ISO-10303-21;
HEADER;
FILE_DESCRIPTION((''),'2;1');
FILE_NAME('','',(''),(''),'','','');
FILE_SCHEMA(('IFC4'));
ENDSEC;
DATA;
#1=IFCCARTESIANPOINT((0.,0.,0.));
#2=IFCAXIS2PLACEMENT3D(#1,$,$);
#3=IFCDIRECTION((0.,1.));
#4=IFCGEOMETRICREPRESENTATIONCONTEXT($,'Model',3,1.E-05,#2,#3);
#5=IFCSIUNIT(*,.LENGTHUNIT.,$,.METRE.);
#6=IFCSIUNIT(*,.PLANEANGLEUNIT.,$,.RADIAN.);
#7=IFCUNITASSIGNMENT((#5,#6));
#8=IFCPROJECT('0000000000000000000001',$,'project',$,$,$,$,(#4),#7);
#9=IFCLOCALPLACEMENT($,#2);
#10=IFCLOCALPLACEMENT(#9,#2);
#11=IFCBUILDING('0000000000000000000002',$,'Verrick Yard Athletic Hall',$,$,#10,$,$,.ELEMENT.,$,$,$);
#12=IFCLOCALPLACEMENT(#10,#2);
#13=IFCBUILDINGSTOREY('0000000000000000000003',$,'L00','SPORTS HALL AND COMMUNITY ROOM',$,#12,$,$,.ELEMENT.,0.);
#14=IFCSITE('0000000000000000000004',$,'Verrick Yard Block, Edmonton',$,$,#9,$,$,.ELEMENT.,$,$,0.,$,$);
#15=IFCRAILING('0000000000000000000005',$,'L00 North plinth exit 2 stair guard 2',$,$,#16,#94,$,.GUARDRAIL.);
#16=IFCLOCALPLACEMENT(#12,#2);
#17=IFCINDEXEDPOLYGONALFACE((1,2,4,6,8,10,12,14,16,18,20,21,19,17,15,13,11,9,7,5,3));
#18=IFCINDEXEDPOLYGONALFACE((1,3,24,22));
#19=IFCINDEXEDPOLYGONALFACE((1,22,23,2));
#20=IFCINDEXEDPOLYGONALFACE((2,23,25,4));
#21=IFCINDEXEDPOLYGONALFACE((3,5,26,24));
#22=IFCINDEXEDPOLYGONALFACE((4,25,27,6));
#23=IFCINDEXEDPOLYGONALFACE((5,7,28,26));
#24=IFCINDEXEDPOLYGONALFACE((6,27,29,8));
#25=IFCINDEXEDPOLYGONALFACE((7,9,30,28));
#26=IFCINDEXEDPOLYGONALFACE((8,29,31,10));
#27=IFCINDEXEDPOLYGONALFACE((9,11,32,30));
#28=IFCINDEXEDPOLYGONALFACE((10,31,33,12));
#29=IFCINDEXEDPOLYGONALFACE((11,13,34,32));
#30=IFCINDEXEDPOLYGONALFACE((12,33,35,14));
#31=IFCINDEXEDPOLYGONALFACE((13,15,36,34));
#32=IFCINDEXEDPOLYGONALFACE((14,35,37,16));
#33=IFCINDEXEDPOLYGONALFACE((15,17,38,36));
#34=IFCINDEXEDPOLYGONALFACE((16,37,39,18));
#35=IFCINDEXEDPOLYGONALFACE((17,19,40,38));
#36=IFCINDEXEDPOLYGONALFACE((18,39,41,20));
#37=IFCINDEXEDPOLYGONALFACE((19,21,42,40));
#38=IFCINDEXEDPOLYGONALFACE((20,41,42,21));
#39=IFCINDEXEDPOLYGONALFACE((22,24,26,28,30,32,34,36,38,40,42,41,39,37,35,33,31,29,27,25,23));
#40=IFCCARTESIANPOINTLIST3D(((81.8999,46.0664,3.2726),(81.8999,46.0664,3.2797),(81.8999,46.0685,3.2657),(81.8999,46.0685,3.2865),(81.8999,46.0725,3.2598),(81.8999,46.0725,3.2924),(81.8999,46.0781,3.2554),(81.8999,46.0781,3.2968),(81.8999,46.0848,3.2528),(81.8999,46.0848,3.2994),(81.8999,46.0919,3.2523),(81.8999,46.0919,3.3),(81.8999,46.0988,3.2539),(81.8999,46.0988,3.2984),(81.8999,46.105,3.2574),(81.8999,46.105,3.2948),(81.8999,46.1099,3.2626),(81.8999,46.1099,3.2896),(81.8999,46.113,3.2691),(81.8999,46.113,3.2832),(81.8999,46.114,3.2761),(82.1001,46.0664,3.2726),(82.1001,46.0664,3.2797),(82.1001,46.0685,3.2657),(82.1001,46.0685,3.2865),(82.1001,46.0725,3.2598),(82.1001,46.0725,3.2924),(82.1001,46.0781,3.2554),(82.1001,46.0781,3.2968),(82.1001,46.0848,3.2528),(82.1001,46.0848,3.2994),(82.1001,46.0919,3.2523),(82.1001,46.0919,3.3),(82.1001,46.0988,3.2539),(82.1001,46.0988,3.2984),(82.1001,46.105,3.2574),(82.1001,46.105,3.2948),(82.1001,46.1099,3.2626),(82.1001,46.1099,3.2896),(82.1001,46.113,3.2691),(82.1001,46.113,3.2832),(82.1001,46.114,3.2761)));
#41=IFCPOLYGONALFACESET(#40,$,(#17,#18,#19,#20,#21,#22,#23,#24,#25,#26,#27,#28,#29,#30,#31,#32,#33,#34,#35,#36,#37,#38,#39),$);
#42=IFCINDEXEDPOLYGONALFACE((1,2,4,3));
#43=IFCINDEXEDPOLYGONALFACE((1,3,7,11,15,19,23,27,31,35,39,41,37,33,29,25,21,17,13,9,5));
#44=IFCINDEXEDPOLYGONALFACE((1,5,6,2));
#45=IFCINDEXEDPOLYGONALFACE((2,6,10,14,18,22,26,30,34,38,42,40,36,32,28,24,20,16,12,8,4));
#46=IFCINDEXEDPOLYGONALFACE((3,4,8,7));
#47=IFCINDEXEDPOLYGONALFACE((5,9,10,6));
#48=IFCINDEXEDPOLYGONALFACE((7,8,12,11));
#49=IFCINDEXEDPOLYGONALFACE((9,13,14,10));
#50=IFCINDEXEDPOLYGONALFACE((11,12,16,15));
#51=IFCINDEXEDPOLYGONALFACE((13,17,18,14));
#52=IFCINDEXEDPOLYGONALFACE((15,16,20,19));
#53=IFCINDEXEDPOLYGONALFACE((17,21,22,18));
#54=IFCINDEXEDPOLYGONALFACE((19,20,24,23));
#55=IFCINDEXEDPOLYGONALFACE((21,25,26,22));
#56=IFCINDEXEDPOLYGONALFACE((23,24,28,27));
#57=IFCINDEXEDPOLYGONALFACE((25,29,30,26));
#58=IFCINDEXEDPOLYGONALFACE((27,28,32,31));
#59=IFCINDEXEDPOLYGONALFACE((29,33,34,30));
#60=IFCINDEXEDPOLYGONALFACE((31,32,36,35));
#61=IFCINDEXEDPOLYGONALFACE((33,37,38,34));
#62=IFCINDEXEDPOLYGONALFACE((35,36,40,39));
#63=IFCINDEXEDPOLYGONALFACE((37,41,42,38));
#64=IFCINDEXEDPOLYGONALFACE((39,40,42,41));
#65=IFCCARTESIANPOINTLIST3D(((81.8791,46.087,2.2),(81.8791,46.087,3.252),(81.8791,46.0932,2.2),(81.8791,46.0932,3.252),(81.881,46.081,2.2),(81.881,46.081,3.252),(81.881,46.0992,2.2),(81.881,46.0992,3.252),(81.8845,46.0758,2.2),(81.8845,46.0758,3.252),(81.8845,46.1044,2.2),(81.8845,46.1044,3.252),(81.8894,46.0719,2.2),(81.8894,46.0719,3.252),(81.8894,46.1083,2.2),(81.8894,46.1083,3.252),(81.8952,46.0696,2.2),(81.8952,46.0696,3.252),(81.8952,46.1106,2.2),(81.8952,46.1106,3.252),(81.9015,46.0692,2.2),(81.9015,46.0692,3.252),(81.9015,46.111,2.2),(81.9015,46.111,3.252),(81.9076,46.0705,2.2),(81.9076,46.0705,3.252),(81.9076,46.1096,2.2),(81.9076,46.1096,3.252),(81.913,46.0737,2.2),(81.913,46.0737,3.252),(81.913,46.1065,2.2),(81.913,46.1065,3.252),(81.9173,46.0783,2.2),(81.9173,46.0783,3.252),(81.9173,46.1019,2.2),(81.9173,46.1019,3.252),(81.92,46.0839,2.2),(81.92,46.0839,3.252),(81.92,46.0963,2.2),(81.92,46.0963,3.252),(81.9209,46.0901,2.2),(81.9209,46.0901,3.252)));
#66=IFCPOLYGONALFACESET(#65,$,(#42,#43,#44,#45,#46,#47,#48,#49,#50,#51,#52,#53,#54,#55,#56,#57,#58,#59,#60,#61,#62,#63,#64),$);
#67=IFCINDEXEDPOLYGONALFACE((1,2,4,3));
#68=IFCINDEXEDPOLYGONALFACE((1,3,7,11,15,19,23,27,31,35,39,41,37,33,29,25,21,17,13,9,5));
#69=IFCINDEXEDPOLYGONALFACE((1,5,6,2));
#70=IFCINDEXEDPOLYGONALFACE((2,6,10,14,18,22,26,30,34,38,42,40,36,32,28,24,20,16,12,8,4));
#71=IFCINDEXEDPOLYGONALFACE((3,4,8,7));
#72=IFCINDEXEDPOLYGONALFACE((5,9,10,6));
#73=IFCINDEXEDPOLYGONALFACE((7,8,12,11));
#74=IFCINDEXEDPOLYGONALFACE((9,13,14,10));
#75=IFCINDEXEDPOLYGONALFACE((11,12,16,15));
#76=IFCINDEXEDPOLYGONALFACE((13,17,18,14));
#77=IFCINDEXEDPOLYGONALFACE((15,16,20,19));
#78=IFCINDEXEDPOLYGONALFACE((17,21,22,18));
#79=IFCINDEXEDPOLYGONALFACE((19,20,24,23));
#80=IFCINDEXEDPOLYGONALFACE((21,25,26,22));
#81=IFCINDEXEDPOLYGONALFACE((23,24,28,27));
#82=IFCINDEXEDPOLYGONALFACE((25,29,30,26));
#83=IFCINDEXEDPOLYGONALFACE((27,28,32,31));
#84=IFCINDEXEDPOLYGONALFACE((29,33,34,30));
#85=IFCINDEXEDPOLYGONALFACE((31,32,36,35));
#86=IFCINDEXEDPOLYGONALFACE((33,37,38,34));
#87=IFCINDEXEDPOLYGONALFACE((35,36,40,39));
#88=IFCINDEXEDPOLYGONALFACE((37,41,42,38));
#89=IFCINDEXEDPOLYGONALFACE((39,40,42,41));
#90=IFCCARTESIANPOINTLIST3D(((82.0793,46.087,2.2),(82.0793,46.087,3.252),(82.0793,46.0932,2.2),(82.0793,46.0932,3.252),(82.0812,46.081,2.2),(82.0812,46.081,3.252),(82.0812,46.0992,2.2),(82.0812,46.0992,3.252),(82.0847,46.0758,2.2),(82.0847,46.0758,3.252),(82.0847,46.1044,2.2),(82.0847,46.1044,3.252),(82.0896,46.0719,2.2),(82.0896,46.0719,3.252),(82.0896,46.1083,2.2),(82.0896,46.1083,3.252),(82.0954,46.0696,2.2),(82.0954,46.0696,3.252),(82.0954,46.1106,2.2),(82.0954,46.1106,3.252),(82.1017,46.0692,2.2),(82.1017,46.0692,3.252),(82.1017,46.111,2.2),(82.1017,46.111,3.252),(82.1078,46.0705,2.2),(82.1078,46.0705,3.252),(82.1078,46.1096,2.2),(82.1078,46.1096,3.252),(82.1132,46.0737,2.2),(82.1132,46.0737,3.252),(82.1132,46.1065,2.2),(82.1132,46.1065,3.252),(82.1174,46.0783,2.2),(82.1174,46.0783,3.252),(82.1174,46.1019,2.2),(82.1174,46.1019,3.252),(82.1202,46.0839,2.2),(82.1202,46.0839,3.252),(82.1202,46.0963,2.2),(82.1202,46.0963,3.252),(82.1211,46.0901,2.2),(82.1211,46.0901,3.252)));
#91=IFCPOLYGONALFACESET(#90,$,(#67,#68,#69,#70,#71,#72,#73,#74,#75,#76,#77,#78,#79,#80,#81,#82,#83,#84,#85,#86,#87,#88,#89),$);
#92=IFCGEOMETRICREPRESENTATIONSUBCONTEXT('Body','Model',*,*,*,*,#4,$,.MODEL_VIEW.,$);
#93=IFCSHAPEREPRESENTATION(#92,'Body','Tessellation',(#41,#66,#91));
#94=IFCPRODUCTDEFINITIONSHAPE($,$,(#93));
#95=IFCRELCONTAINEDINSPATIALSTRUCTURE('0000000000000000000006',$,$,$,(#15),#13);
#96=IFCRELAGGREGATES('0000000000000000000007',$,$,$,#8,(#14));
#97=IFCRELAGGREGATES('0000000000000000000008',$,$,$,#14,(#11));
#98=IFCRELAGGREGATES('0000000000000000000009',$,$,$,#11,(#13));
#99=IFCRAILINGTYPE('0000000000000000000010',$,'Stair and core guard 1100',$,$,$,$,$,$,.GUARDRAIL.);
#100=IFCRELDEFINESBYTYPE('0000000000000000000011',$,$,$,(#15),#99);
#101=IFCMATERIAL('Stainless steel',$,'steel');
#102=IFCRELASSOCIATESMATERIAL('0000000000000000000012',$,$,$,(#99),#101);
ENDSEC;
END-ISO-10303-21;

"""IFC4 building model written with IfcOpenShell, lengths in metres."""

from ifc_helpers import new_model, si_unit, direction, frame, origin, origin_2d, place, context, subcontext, project, spatial, circle, extrude, material, type_object, element, save


model = new_model("IFC4")

# Units and contexts
model_context = context("Model", 3, precision=1e-05, world=origin(), true_north=direction((0.0, 1.0)))
body_context = subcontext(model_context, "Body", "Model", "MODEL_VIEW")
ifc_project = project(units=[si_unit("LENGTHUNIT", "METRE"), si_unit("PLANEANGLEUNIT", "RADIAN")], contexts=[model_context])

# Site, building, storey
site_placement = place(None, origin())
site = spatial("IfcSite", under=ifc_project, at=site_placement, Name="Verrick Yard Block, Edmonton", CompositionType="ELEMENT", RefElevation=0.0)
building_placement = place(site_placement, origin())
building = spatial("IfcBuilding", under=site, at=building_placement, Name="Verrick Yard Athletic Hall", CompositionType="ELEMENT")
storey_placement = place(building_placement, origin())
storey = spatial("IfcBuildingStorey", under=building, at=storey_placement, Name="L00", Description="SPORTS HALL AND COMMUNITY ROOM", CompositionType="ELEMENT", Elevation=0.0)

# Railing
ifc_material_1 = material(Name="Stainless steel", Category="steel")
railing_type_1 = type_object("IfcRailingType", Name="Stair and core guard 1100", PredefinedType="GUARDRAIL", material=ifc_material_1)
railing_1_placement = place(storey_placement, frame((81.8999, 46.0901, 2.2)))
element("IfcRailing", 1, at=railing_1_placement, inside=storey, type_object=railing_type_1, Name="L00 North plinth exit 2 stair guard 2", PredefinedType="GUARDRAIL", context=body_context, shape_type="SweptSolid", body=[
    extrude(circle(Radius=0.0239, at=origin_2d()), frame((0.0, 0.0, 1.0762), z_axis=(1.0, 0.0, 0.0), x_axis=(0.0, 1.0, 0.0)), (0.0, 0.0, 1.0), 0.2002),
    extrude(circle(Radius=0.021, at=origin_2d()), origin(), (0.0, 0.0, 1.0), 1.052),
    extrude(circle(Radius=0.021, at=origin_2d()), frame((0.2002, 0.0, 0.0)), (0.0, 0.0, 1.0), 1.052),
])

save(model, "model.ifc")
